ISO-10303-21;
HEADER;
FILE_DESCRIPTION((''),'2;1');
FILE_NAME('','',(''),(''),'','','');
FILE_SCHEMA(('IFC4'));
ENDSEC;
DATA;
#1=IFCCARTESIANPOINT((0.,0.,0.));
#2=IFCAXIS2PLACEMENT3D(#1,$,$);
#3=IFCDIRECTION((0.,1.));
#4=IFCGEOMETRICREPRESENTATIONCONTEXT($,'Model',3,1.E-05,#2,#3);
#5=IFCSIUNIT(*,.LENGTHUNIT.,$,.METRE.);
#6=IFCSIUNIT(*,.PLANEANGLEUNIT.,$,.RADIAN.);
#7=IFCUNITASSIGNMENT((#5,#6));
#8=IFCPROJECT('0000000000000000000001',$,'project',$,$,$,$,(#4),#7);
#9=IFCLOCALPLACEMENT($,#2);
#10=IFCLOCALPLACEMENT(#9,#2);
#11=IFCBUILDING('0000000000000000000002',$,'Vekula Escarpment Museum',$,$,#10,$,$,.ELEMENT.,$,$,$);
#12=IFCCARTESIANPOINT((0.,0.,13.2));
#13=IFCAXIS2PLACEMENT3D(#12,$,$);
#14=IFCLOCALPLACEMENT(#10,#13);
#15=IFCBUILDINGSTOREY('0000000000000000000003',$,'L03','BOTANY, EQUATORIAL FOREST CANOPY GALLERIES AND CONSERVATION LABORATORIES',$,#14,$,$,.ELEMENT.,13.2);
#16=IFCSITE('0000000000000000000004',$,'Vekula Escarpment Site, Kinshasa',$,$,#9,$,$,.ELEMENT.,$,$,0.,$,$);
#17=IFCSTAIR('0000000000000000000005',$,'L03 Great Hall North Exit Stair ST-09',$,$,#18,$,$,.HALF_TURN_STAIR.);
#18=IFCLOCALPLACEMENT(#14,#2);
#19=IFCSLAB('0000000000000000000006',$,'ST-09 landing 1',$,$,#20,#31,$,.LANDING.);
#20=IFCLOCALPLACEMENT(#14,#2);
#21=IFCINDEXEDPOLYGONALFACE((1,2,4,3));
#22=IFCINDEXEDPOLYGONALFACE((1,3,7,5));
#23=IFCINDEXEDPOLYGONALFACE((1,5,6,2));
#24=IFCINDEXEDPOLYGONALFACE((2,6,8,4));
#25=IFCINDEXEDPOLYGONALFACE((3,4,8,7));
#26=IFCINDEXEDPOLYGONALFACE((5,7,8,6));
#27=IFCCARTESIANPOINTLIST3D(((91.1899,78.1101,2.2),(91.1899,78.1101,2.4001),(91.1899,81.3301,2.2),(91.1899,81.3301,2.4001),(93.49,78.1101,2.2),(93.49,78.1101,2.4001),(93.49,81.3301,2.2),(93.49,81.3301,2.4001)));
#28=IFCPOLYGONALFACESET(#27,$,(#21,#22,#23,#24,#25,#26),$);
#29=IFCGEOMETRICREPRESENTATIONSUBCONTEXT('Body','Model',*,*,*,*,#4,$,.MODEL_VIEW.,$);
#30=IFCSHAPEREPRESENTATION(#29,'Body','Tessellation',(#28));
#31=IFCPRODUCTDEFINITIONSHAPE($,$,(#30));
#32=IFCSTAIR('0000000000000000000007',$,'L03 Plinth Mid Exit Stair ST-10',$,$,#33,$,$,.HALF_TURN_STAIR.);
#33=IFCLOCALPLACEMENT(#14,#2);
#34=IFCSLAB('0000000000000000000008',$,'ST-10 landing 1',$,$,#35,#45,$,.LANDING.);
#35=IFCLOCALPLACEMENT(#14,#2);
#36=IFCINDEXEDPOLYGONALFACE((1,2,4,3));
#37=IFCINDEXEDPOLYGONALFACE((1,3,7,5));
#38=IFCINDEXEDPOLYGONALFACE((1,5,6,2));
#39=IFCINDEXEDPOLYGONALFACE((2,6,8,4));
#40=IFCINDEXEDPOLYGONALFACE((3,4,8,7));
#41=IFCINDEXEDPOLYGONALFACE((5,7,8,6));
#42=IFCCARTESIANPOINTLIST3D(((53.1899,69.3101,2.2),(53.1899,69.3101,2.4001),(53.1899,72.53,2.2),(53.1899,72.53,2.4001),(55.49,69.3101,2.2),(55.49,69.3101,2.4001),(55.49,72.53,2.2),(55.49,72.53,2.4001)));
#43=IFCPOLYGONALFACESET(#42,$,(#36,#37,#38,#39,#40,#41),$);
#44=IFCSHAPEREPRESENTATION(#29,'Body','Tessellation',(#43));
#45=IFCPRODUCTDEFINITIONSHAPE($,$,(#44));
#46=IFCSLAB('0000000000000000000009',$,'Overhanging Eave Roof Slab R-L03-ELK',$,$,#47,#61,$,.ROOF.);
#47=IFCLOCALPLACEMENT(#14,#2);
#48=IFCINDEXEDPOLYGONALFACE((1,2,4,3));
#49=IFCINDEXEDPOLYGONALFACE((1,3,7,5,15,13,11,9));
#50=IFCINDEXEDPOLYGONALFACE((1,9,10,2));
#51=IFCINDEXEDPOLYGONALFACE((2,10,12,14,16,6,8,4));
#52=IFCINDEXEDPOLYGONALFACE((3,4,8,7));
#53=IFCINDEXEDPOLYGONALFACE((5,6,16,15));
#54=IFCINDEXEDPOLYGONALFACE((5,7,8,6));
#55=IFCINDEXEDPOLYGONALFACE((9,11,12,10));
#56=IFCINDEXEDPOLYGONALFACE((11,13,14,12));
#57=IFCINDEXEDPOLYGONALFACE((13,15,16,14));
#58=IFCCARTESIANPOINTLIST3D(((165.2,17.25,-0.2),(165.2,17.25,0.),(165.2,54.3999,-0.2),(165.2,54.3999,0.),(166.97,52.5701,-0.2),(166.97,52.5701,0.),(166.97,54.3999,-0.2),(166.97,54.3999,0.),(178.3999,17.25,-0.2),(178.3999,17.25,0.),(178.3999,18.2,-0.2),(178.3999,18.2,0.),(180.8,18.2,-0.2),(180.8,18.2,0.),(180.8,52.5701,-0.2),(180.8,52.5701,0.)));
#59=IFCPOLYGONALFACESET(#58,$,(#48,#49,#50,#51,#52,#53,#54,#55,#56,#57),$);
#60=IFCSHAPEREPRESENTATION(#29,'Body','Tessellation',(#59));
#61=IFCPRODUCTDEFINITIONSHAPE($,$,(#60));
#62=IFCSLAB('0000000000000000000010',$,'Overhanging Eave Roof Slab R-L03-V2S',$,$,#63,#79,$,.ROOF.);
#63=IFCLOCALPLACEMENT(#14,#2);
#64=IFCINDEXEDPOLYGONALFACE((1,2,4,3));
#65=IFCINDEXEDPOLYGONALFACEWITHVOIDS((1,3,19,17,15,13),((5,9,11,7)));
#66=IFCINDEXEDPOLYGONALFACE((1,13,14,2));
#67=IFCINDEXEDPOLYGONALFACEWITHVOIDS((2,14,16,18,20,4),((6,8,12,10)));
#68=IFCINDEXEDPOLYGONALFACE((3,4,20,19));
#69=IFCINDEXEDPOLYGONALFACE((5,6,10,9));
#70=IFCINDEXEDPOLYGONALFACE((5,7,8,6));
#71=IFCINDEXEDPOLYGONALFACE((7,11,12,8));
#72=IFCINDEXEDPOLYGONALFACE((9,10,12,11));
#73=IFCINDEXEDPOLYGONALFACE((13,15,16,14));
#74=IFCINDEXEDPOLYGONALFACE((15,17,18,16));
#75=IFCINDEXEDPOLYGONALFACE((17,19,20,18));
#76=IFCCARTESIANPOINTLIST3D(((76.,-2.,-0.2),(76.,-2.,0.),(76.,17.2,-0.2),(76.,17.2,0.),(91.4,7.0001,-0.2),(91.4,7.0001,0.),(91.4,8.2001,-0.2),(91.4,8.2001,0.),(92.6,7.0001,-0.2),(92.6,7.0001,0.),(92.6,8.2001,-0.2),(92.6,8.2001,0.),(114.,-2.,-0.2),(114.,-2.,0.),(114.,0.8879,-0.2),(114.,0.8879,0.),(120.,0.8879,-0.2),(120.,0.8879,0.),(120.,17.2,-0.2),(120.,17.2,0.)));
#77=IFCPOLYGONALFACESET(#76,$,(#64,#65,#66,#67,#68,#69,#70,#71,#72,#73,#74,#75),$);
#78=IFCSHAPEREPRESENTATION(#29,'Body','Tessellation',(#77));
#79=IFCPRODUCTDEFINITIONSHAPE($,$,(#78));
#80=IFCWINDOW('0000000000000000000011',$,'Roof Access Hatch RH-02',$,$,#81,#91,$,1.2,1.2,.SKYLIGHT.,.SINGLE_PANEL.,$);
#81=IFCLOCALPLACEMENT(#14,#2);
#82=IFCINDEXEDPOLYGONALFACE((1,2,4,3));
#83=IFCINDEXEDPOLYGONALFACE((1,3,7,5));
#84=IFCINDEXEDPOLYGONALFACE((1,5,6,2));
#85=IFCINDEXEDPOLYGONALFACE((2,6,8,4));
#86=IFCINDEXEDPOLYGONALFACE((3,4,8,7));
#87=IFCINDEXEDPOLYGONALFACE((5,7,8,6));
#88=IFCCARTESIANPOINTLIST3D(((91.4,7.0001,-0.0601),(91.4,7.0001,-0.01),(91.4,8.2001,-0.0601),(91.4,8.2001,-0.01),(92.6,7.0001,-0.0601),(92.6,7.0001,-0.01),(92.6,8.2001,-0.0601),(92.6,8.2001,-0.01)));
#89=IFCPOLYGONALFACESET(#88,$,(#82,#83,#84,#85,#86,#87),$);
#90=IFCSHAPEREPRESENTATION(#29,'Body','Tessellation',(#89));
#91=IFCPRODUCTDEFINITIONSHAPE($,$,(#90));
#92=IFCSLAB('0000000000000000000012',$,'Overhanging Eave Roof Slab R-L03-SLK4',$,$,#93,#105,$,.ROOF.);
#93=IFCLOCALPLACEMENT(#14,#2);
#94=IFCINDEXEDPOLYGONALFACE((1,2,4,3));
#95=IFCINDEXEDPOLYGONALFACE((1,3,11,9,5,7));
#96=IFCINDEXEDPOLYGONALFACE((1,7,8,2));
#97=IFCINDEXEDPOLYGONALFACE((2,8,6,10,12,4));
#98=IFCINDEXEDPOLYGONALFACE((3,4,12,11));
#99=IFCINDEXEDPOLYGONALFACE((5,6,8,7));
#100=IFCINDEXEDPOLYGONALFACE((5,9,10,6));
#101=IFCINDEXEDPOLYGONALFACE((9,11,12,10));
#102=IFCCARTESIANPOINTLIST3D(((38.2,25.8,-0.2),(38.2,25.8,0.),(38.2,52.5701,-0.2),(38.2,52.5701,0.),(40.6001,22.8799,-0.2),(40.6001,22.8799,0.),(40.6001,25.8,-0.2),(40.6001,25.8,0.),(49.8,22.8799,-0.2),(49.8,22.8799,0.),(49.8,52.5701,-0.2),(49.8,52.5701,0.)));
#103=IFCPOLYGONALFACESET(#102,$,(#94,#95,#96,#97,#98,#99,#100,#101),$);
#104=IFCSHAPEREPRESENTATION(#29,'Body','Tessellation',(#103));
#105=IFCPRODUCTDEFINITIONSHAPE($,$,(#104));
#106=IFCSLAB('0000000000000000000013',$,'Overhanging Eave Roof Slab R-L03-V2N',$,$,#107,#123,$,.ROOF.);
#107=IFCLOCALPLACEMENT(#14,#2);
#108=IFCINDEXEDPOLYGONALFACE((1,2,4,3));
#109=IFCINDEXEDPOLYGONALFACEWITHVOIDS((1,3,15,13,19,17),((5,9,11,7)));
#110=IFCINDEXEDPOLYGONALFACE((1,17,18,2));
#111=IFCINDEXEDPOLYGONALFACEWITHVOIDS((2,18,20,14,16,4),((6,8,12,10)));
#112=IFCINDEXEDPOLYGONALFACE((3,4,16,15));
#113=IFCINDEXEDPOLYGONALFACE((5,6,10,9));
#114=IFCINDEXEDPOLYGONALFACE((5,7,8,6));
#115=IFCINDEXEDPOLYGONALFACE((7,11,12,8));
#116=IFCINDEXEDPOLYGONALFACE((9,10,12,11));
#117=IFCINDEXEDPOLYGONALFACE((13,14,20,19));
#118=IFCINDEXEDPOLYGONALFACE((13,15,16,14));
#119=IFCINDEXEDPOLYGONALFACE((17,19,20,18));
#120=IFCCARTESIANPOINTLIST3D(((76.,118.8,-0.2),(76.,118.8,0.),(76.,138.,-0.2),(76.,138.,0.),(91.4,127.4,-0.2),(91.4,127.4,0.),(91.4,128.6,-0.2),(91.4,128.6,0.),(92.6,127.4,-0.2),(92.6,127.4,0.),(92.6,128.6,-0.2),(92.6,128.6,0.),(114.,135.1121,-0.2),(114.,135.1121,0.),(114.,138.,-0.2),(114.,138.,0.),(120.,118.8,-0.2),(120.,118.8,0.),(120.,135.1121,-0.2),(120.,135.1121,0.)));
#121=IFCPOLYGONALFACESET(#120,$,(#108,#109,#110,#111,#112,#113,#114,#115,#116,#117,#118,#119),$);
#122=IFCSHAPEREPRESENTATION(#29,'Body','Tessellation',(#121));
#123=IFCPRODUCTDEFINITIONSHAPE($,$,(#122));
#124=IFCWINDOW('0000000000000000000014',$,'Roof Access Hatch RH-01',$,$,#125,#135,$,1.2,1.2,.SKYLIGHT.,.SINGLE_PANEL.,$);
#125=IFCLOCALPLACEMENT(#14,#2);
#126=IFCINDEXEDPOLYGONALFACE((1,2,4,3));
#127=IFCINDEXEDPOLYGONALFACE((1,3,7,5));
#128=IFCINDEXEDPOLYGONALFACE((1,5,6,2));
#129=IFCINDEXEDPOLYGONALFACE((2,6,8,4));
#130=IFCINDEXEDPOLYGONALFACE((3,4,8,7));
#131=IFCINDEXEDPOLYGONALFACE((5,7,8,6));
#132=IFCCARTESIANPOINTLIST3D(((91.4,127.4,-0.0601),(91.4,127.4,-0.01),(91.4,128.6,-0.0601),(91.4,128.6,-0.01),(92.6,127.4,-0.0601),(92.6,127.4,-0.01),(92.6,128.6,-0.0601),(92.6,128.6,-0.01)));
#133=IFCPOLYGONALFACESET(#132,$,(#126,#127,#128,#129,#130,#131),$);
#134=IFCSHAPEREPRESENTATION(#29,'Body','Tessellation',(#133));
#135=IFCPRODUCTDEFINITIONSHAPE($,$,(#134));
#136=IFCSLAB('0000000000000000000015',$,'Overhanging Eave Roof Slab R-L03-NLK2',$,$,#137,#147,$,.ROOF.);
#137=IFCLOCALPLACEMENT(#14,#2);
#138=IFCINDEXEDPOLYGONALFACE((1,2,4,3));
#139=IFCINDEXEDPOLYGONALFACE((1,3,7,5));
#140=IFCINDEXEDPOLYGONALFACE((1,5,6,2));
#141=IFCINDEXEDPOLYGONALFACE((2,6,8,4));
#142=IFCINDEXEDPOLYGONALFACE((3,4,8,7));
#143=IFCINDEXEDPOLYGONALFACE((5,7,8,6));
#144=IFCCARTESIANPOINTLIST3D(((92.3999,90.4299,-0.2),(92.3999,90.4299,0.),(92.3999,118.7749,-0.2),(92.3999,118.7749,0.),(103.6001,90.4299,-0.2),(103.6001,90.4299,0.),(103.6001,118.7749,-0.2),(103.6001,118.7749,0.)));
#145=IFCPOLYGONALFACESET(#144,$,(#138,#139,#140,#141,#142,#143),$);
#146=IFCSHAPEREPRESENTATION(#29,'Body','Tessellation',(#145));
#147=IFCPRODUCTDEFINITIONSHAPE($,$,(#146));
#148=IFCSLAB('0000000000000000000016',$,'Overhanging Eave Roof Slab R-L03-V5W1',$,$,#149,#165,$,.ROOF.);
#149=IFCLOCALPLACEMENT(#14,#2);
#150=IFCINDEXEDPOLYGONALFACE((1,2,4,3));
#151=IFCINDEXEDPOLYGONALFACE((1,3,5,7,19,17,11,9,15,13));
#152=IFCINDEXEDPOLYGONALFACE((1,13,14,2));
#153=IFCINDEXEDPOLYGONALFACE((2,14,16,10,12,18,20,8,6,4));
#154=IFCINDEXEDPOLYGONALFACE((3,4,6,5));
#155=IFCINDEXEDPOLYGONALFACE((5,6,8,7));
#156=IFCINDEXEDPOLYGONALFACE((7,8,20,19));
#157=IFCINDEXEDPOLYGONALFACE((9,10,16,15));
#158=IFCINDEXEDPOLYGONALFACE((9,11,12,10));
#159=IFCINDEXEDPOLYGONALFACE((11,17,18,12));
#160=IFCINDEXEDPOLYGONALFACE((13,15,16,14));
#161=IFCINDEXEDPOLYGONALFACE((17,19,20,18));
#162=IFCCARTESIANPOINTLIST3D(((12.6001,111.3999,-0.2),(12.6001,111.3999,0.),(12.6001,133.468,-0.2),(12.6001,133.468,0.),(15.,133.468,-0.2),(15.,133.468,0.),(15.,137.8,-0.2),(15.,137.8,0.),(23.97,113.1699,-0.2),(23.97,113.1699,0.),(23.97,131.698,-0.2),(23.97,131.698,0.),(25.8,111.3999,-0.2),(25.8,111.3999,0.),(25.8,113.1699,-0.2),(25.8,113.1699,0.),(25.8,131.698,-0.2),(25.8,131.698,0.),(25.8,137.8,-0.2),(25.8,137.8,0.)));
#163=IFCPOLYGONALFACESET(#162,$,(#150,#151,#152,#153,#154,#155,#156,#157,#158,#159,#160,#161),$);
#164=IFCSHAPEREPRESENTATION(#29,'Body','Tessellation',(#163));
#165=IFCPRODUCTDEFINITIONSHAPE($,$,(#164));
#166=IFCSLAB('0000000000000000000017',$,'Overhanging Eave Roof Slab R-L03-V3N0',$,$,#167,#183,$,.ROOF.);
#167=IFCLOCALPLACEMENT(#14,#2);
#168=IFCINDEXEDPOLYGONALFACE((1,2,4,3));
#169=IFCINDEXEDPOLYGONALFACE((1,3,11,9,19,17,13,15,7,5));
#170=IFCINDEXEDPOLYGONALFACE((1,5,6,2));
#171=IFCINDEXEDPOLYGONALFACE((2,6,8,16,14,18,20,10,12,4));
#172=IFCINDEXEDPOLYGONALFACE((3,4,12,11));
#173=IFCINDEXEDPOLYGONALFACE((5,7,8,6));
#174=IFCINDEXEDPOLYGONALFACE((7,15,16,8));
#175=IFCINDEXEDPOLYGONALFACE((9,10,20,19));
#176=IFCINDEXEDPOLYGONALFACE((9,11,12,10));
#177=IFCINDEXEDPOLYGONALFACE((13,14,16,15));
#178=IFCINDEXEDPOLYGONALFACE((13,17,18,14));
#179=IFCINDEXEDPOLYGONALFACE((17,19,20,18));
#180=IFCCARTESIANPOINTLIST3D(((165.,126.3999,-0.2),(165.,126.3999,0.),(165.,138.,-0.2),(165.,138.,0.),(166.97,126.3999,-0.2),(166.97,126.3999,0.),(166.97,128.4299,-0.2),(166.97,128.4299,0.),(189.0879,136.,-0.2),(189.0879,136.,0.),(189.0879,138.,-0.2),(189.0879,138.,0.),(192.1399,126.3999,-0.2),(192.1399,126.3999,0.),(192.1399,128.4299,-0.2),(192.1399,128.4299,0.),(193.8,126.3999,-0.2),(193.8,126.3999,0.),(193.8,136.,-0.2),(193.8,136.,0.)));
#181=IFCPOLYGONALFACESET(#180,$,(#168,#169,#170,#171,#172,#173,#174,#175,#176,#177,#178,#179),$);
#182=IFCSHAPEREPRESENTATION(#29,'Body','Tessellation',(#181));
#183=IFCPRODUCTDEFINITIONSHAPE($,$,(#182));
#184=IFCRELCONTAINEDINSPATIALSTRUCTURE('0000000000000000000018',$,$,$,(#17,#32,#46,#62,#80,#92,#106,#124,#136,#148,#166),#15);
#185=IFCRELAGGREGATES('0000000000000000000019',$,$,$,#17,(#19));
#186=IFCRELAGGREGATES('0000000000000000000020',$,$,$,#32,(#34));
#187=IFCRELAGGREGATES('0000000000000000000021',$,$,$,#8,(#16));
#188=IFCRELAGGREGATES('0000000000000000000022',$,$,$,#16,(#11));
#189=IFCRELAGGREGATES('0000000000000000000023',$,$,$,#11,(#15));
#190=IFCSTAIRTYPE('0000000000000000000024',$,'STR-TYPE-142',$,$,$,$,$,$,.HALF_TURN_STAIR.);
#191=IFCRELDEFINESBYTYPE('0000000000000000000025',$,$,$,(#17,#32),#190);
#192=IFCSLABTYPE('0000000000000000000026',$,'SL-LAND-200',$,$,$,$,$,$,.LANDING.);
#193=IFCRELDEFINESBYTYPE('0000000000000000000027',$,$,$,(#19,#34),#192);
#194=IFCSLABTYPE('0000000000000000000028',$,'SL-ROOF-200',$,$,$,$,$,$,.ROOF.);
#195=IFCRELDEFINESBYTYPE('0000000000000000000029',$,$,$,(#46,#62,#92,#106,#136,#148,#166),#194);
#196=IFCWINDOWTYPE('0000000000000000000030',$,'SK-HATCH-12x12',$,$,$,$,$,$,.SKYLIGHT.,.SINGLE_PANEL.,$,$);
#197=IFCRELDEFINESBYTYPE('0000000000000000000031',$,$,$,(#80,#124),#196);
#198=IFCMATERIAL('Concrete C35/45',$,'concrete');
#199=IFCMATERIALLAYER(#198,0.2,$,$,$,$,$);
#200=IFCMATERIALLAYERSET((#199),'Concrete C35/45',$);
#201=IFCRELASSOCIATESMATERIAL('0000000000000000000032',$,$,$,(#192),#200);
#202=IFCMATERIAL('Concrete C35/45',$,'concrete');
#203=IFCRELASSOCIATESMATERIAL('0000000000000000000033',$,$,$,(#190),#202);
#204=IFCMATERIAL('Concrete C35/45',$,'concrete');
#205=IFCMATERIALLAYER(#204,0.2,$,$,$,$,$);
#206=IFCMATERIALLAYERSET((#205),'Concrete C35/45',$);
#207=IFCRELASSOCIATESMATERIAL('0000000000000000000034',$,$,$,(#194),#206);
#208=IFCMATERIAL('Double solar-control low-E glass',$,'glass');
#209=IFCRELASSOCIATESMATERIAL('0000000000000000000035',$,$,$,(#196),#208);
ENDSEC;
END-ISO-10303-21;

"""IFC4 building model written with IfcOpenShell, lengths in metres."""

from ifc_helpers import new_model, si_unit, direction, frame, origin, origin_2d, place, context, subcontext, project, spatial, polyline, rectangle, outline, extrude, material, layer, layer_set, type_object, element, fill, aggregate, save


model = new_model("IFC4")

# Units and contexts
model_context = context("Model", 3, precision=1e-05, world=origin(), true_north=direction((0.0, 1.0)))
body_context = subcontext(model_context, "Body", "Model", "MODEL_VIEW")
ifc_project = project(units=[si_unit("LENGTHUNIT", "METRE"), si_unit("PLANEANGLEUNIT", "RADIAN")], contexts=[model_context])

# Site, building, storey
site_placement = place(None, origin())
site = spatial("IfcSite", under=ifc_project, at=site_placement, Name="Vekula Escarpment Site, Kinshasa", CompositionType="ELEMENT", RefElevation=0.0)
building_placement = place(site_placement, origin())
building = spatial("IfcBuilding", under=site, at=building_placement, Name="Vekula Escarpment Museum", CompositionType="ELEMENT")
storey_placement = place(building_placement, frame((0.0, 0.0, 13.2)))
storey = spatial("IfcBuildingStorey", under=building, at=storey_placement, Name="L03", Description="BOTANY, EQUATORIAL FOREST CANOPY GALLERIES AND CONSERVATION LABORATORIES", CompositionType="ELEMENT", Elevation=13.2)

# Stairs, slabs
ifc_material_1 = material(Name="Concrete C35/45", Category="concrete")
ifc_layer_1 = layer(ifc_material_1, 0.2)
ifc_layer_set_1 = layer_set([ifc_layer_1], Name="Concrete C35/45")
slab_type_1 = type_object("IfcSlabType", Name="SL-LAND-200", PredefinedType="LANDING", material=ifc_layer_set_1)
ifc_material_2 = material(Name="Concrete C35/45", Category="concrete")
stair_type_1 = type_object("IfcStairType", Name="STR-TYPE-142", PredefinedType="HALF_TURN_STAIR", material=ifc_material_2)
stair_1_placement = place(storey_placement, origin())
stair_1 = element("IfcStair", 1, at=stair_1_placement, inside=storey, type_object=stair_type_1, Name="L03 Great Hall North Exit Stair ST-09", PredefinedType="HALF_TURN_STAIR")
slab_1_placement = place(storey_placement, frame((0.0, 0.0, 2.2)))
slab_1 = element("IfcSlab", 2, at=slab_1_placement, type_object=slab_type_1, Name="ST-09 landing 1", PredefinedType="LANDING", context=body_context, shape_type="SweptSolid", body=[
    extrude(outline(polyline([(91.1899, 78.1101), (93.49, 78.1101), (93.49, 81.3301), (91.1899, 81.3301), (91.1899, 78.1101)])), origin(), (0.0, 0.0, 1.0), 0.2002),
])
aggregate(stair_1, [slab_1])
stair_2_placement = place(storey_placement, origin())
stair_2 = element("IfcStair", 3, at=stair_2_placement, inside=storey, type_object=stair_type_1, Name="L03 Plinth Mid Exit Stair ST-10", PredefinedType="HALF_TURN_STAIR")
slab_2_placement = place(storey_placement, frame((0.0, 0.0, 2.2)))
slab_2 = element("IfcSlab", 4, at=slab_2_placement, type_object=slab_type_1, Name="ST-10 landing 1", PredefinedType="LANDING", context=body_context, shape_type="SweptSolid", body=[
    extrude(outline(polyline([(53.1899, 69.3101), (55.49, 69.3101), (55.49, 72.53), (53.1899, 72.53), (53.1899, 69.3101)])), origin(), (0.0, 0.0, 1.0), 0.2002),
])
aggregate(stair_2, [slab_2])

# Slab
ifc_material_3 = material(Name="Concrete C35/45", Category="concrete")
ifc_layer_2 = layer(ifc_material_3, 0.2)
ifc_layer_set_2 = layer_set([ifc_layer_2], Name="Concrete C35/45")
slab_type_2 = type_object("IfcSlabType", Name="SL-ROOF-200", PredefinedType="ROOF", material=ifc_layer_set_2)
slab_3_placement = place(storey_placement, frame((0.0, 0.0, -0.2)))
element("IfcSlab", 5, at=slab_3_placement, inside=storey, type_object=slab_type_2, Name="Overhanging Eave Roof Slab R-L03-ELK", PredefinedType="ROOF", context=body_context, shape_type="SweptSolid", body=[
    extrude(outline(polyline([(165.2, 54.3999), (166.97, 54.3999), (166.97, 52.5701), (180.8, 52.5701), (180.8, 18.2), (178.3999, 18.2), (178.3999, 17.25), (165.2, 17.25), (165.2, 54.3999)])), origin(), (0.0, 0.0, 1.0), 0.2),
])

# Slab, opening, window
slab_4_placement = place(storey_placement, frame((0.0, 0.0, -0.2)))
slab_4 = element("IfcSlab", 6, at=slab_4_placement, inside=storey, type_object=slab_type_2, Name="Overhanging Eave Roof Slab R-L03-V2S", PredefinedType="ROOF", context=body_context, shape_type="SweptSolid", body=[
    extrude(outline(polyline([(76.0, 17.2), (120.0, 17.2), (120.0, 0.8879), (114.0, 0.8879), (114.0, -2.0), (76.0, -2.0), (76.0, 17.2)])), origin(), (0.0, 0.0, 1.0), 0.2),
])
opening_1_placement = place(slab_4_placement, frame((92.0, 7.6001, -0.01)))
opening_1 = element("IfcOpeningElement", 7, at=opening_1_placement, cuts=slab_4, PredefinedType="OPENING", context=body_context, shape_type="SweptSolid", body=[
    extrude(rectangle(XDim=1.2, YDim=1.2, at=origin_2d()), origin(), (0.0, 0.0, 1.0), 0.22),
])
ifc_material_4 = material(Name="Double solar-control low-E glass", Category="glass")
window_type = type_object("IfcWindowType", Name="SK-HATCH-12x12", PartitioningType="SINGLE_PANEL", PredefinedType="SKYLIGHT", material=ifc_material_4)
window_1_placement = place(opening_1_placement, frame((0.0, 0.0, 0.1499)))
window_1 = element("IfcWindow", 8, at=window_1_placement, inside=storey, type_object=window_type, Name="Roof Access Hatch RH-02", OverallHeight=1.2, OverallWidth=1.2, PartitioningType="SINGLE_PANEL", PredefinedType="SKYLIGHT", context=body_context, shape_type="SweptSolid", body=[
    extrude(rectangle(XDim=1.2, YDim=1.2, at=origin_2d()), origin(), (0.0, 0.0, 1.0), 0.05),
])
fill(opening_1, window_1)

# Slab
slab_5_placement = place(storey_placement, frame((0.0, 0.0, -0.2)))
element("IfcSlab", 9, at=slab_5_placement, inside=storey, type_object=slab_type_2, Name="Overhanging Eave Roof Slab R-L03-SLK4", PredefinedType="ROOF", context=body_context, shape_type="SweptSolid", body=[
    extrude(outline(polyline([(40.6001, 25.8), (38.2, 25.8), (38.2, 52.5701), (49.8, 52.5701), (49.8, 22.8799), (40.6001, 22.8799), (40.6001, 25.8)])), origin(), (0.0, 0.0, 1.0), 0.2),
])

# Slab, opening, window
slab_6_placement = place(storey_placement, frame((0.0, 0.0, -0.2)))
slab_6 = element("IfcSlab", 10, at=slab_6_placement, inside=storey, type_object=slab_type_2, Name="Overhanging Eave Roof Slab R-L03-V2N", PredefinedType="ROOF", context=body_context, shape_type="SweptSolid", body=[
    extrude(outline(polyline([(76.0, 138.0), (114.0, 138.0), (114.0, 135.1121), (120.0, 135.1121), (120.0, 118.8), (76.0, 118.8), (76.0, 138.0)])), origin(), (0.0, 0.0, 1.0), 0.2),
])
opening_2_placement = place(slab_6_placement, frame((92.0, 128.0, -0.01)))
opening_2 = element("IfcOpeningElement", 11, at=opening_2_placement, cuts=slab_6, PredefinedType="OPENING", context=body_context, shape_type="SweptSolid", body=[
    extrude(rectangle(XDim=1.2, YDim=1.2, at=origin_2d()), origin(), (0.0, 0.0, 1.0), 0.22),
])
window_2_placement = place(opening_2_placement, frame((0.0, 0.0, 0.1499)))
window_2 = element("IfcWindow", 12, at=window_2_placement, inside=storey, type_object=window_type, Name="Roof Access Hatch RH-01", OverallHeight=1.2, OverallWidth=1.2, PartitioningType="SINGLE_PANEL", PredefinedType="SKYLIGHT", context=body_context, shape_type="SweptSolid", body=[
    extrude(rectangle(XDim=1.2, YDim=1.2, at=origin_2d()), origin(), (0.0, 0.0, 1.0), 0.05),
])
fill(opening_2, window_2)

# Slabs
slab_7_placement = place(storey_placement, frame((0.0, 0.0, -0.2)))
element("IfcSlab", 13, at=slab_7_placement, inside=storey, type_object=slab_type_2, Name="Overhanging Eave Roof Slab R-L03-NLK2", PredefinedType="ROOF", context=body_context, shape_type="SweptSolid", body=[
    extrude(outline(polyline([(92.3999, 118.7749), (103.6001, 118.7749), (103.6001, 90.4299), (92.3999, 90.4299), (92.3999, 118.7749)])), origin(), (0.0, 0.0, 1.0), 0.2),
])
slab_8_placement = place(storey_placement, frame((0.0, 0.0, -0.2)))
element("IfcSlab", 14, at=slab_8_placement, inside=storey, type_object=slab_type_2, Name="Overhanging Eave Roof Slab R-L03-V5W1", PredefinedType="ROOF", context=body_context, shape_type="SweptSolid", body=[
    extrude(outline(polyline([(12.6001, 133.468), (15.0, 133.468), (15.0, 137.8), (25.8, 137.8), (25.8, 131.698), (23.97, 131.698), (23.97, 113.1699), (25.8, 113.1699), (25.8, 111.3999), (12.6001, 111.3999), (12.6001, 133.468)])), origin(), (0.0, 0.0, 1.0), 0.2),
])
slab_9_placement = place(storey_placement, frame((0.0, 0.0, -0.2)))
element("IfcSlab", 15, at=slab_9_placement, inside=storey, type_object=slab_type_2, Name="Overhanging Eave Roof Slab R-L03-V3N0", PredefinedType="ROOF", context=body_context, shape_type="SweptSolid", body=[
    extrude(outline(polyline([(165.0, 138.0), (189.0879, 138.0), (189.0879, 136.0), (193.8, 136.0), (193.8, 126.3999), (192.1399, 126.3999), (192.1399, 128.4299), (166.97, 128.4299), (166.97, 126.3999), (165.0, 126.3999), (165.0, 138.0)])), origin(), (0.0, 0.0, 1.0), 0.2),
])

save(model, "model.ifc")
